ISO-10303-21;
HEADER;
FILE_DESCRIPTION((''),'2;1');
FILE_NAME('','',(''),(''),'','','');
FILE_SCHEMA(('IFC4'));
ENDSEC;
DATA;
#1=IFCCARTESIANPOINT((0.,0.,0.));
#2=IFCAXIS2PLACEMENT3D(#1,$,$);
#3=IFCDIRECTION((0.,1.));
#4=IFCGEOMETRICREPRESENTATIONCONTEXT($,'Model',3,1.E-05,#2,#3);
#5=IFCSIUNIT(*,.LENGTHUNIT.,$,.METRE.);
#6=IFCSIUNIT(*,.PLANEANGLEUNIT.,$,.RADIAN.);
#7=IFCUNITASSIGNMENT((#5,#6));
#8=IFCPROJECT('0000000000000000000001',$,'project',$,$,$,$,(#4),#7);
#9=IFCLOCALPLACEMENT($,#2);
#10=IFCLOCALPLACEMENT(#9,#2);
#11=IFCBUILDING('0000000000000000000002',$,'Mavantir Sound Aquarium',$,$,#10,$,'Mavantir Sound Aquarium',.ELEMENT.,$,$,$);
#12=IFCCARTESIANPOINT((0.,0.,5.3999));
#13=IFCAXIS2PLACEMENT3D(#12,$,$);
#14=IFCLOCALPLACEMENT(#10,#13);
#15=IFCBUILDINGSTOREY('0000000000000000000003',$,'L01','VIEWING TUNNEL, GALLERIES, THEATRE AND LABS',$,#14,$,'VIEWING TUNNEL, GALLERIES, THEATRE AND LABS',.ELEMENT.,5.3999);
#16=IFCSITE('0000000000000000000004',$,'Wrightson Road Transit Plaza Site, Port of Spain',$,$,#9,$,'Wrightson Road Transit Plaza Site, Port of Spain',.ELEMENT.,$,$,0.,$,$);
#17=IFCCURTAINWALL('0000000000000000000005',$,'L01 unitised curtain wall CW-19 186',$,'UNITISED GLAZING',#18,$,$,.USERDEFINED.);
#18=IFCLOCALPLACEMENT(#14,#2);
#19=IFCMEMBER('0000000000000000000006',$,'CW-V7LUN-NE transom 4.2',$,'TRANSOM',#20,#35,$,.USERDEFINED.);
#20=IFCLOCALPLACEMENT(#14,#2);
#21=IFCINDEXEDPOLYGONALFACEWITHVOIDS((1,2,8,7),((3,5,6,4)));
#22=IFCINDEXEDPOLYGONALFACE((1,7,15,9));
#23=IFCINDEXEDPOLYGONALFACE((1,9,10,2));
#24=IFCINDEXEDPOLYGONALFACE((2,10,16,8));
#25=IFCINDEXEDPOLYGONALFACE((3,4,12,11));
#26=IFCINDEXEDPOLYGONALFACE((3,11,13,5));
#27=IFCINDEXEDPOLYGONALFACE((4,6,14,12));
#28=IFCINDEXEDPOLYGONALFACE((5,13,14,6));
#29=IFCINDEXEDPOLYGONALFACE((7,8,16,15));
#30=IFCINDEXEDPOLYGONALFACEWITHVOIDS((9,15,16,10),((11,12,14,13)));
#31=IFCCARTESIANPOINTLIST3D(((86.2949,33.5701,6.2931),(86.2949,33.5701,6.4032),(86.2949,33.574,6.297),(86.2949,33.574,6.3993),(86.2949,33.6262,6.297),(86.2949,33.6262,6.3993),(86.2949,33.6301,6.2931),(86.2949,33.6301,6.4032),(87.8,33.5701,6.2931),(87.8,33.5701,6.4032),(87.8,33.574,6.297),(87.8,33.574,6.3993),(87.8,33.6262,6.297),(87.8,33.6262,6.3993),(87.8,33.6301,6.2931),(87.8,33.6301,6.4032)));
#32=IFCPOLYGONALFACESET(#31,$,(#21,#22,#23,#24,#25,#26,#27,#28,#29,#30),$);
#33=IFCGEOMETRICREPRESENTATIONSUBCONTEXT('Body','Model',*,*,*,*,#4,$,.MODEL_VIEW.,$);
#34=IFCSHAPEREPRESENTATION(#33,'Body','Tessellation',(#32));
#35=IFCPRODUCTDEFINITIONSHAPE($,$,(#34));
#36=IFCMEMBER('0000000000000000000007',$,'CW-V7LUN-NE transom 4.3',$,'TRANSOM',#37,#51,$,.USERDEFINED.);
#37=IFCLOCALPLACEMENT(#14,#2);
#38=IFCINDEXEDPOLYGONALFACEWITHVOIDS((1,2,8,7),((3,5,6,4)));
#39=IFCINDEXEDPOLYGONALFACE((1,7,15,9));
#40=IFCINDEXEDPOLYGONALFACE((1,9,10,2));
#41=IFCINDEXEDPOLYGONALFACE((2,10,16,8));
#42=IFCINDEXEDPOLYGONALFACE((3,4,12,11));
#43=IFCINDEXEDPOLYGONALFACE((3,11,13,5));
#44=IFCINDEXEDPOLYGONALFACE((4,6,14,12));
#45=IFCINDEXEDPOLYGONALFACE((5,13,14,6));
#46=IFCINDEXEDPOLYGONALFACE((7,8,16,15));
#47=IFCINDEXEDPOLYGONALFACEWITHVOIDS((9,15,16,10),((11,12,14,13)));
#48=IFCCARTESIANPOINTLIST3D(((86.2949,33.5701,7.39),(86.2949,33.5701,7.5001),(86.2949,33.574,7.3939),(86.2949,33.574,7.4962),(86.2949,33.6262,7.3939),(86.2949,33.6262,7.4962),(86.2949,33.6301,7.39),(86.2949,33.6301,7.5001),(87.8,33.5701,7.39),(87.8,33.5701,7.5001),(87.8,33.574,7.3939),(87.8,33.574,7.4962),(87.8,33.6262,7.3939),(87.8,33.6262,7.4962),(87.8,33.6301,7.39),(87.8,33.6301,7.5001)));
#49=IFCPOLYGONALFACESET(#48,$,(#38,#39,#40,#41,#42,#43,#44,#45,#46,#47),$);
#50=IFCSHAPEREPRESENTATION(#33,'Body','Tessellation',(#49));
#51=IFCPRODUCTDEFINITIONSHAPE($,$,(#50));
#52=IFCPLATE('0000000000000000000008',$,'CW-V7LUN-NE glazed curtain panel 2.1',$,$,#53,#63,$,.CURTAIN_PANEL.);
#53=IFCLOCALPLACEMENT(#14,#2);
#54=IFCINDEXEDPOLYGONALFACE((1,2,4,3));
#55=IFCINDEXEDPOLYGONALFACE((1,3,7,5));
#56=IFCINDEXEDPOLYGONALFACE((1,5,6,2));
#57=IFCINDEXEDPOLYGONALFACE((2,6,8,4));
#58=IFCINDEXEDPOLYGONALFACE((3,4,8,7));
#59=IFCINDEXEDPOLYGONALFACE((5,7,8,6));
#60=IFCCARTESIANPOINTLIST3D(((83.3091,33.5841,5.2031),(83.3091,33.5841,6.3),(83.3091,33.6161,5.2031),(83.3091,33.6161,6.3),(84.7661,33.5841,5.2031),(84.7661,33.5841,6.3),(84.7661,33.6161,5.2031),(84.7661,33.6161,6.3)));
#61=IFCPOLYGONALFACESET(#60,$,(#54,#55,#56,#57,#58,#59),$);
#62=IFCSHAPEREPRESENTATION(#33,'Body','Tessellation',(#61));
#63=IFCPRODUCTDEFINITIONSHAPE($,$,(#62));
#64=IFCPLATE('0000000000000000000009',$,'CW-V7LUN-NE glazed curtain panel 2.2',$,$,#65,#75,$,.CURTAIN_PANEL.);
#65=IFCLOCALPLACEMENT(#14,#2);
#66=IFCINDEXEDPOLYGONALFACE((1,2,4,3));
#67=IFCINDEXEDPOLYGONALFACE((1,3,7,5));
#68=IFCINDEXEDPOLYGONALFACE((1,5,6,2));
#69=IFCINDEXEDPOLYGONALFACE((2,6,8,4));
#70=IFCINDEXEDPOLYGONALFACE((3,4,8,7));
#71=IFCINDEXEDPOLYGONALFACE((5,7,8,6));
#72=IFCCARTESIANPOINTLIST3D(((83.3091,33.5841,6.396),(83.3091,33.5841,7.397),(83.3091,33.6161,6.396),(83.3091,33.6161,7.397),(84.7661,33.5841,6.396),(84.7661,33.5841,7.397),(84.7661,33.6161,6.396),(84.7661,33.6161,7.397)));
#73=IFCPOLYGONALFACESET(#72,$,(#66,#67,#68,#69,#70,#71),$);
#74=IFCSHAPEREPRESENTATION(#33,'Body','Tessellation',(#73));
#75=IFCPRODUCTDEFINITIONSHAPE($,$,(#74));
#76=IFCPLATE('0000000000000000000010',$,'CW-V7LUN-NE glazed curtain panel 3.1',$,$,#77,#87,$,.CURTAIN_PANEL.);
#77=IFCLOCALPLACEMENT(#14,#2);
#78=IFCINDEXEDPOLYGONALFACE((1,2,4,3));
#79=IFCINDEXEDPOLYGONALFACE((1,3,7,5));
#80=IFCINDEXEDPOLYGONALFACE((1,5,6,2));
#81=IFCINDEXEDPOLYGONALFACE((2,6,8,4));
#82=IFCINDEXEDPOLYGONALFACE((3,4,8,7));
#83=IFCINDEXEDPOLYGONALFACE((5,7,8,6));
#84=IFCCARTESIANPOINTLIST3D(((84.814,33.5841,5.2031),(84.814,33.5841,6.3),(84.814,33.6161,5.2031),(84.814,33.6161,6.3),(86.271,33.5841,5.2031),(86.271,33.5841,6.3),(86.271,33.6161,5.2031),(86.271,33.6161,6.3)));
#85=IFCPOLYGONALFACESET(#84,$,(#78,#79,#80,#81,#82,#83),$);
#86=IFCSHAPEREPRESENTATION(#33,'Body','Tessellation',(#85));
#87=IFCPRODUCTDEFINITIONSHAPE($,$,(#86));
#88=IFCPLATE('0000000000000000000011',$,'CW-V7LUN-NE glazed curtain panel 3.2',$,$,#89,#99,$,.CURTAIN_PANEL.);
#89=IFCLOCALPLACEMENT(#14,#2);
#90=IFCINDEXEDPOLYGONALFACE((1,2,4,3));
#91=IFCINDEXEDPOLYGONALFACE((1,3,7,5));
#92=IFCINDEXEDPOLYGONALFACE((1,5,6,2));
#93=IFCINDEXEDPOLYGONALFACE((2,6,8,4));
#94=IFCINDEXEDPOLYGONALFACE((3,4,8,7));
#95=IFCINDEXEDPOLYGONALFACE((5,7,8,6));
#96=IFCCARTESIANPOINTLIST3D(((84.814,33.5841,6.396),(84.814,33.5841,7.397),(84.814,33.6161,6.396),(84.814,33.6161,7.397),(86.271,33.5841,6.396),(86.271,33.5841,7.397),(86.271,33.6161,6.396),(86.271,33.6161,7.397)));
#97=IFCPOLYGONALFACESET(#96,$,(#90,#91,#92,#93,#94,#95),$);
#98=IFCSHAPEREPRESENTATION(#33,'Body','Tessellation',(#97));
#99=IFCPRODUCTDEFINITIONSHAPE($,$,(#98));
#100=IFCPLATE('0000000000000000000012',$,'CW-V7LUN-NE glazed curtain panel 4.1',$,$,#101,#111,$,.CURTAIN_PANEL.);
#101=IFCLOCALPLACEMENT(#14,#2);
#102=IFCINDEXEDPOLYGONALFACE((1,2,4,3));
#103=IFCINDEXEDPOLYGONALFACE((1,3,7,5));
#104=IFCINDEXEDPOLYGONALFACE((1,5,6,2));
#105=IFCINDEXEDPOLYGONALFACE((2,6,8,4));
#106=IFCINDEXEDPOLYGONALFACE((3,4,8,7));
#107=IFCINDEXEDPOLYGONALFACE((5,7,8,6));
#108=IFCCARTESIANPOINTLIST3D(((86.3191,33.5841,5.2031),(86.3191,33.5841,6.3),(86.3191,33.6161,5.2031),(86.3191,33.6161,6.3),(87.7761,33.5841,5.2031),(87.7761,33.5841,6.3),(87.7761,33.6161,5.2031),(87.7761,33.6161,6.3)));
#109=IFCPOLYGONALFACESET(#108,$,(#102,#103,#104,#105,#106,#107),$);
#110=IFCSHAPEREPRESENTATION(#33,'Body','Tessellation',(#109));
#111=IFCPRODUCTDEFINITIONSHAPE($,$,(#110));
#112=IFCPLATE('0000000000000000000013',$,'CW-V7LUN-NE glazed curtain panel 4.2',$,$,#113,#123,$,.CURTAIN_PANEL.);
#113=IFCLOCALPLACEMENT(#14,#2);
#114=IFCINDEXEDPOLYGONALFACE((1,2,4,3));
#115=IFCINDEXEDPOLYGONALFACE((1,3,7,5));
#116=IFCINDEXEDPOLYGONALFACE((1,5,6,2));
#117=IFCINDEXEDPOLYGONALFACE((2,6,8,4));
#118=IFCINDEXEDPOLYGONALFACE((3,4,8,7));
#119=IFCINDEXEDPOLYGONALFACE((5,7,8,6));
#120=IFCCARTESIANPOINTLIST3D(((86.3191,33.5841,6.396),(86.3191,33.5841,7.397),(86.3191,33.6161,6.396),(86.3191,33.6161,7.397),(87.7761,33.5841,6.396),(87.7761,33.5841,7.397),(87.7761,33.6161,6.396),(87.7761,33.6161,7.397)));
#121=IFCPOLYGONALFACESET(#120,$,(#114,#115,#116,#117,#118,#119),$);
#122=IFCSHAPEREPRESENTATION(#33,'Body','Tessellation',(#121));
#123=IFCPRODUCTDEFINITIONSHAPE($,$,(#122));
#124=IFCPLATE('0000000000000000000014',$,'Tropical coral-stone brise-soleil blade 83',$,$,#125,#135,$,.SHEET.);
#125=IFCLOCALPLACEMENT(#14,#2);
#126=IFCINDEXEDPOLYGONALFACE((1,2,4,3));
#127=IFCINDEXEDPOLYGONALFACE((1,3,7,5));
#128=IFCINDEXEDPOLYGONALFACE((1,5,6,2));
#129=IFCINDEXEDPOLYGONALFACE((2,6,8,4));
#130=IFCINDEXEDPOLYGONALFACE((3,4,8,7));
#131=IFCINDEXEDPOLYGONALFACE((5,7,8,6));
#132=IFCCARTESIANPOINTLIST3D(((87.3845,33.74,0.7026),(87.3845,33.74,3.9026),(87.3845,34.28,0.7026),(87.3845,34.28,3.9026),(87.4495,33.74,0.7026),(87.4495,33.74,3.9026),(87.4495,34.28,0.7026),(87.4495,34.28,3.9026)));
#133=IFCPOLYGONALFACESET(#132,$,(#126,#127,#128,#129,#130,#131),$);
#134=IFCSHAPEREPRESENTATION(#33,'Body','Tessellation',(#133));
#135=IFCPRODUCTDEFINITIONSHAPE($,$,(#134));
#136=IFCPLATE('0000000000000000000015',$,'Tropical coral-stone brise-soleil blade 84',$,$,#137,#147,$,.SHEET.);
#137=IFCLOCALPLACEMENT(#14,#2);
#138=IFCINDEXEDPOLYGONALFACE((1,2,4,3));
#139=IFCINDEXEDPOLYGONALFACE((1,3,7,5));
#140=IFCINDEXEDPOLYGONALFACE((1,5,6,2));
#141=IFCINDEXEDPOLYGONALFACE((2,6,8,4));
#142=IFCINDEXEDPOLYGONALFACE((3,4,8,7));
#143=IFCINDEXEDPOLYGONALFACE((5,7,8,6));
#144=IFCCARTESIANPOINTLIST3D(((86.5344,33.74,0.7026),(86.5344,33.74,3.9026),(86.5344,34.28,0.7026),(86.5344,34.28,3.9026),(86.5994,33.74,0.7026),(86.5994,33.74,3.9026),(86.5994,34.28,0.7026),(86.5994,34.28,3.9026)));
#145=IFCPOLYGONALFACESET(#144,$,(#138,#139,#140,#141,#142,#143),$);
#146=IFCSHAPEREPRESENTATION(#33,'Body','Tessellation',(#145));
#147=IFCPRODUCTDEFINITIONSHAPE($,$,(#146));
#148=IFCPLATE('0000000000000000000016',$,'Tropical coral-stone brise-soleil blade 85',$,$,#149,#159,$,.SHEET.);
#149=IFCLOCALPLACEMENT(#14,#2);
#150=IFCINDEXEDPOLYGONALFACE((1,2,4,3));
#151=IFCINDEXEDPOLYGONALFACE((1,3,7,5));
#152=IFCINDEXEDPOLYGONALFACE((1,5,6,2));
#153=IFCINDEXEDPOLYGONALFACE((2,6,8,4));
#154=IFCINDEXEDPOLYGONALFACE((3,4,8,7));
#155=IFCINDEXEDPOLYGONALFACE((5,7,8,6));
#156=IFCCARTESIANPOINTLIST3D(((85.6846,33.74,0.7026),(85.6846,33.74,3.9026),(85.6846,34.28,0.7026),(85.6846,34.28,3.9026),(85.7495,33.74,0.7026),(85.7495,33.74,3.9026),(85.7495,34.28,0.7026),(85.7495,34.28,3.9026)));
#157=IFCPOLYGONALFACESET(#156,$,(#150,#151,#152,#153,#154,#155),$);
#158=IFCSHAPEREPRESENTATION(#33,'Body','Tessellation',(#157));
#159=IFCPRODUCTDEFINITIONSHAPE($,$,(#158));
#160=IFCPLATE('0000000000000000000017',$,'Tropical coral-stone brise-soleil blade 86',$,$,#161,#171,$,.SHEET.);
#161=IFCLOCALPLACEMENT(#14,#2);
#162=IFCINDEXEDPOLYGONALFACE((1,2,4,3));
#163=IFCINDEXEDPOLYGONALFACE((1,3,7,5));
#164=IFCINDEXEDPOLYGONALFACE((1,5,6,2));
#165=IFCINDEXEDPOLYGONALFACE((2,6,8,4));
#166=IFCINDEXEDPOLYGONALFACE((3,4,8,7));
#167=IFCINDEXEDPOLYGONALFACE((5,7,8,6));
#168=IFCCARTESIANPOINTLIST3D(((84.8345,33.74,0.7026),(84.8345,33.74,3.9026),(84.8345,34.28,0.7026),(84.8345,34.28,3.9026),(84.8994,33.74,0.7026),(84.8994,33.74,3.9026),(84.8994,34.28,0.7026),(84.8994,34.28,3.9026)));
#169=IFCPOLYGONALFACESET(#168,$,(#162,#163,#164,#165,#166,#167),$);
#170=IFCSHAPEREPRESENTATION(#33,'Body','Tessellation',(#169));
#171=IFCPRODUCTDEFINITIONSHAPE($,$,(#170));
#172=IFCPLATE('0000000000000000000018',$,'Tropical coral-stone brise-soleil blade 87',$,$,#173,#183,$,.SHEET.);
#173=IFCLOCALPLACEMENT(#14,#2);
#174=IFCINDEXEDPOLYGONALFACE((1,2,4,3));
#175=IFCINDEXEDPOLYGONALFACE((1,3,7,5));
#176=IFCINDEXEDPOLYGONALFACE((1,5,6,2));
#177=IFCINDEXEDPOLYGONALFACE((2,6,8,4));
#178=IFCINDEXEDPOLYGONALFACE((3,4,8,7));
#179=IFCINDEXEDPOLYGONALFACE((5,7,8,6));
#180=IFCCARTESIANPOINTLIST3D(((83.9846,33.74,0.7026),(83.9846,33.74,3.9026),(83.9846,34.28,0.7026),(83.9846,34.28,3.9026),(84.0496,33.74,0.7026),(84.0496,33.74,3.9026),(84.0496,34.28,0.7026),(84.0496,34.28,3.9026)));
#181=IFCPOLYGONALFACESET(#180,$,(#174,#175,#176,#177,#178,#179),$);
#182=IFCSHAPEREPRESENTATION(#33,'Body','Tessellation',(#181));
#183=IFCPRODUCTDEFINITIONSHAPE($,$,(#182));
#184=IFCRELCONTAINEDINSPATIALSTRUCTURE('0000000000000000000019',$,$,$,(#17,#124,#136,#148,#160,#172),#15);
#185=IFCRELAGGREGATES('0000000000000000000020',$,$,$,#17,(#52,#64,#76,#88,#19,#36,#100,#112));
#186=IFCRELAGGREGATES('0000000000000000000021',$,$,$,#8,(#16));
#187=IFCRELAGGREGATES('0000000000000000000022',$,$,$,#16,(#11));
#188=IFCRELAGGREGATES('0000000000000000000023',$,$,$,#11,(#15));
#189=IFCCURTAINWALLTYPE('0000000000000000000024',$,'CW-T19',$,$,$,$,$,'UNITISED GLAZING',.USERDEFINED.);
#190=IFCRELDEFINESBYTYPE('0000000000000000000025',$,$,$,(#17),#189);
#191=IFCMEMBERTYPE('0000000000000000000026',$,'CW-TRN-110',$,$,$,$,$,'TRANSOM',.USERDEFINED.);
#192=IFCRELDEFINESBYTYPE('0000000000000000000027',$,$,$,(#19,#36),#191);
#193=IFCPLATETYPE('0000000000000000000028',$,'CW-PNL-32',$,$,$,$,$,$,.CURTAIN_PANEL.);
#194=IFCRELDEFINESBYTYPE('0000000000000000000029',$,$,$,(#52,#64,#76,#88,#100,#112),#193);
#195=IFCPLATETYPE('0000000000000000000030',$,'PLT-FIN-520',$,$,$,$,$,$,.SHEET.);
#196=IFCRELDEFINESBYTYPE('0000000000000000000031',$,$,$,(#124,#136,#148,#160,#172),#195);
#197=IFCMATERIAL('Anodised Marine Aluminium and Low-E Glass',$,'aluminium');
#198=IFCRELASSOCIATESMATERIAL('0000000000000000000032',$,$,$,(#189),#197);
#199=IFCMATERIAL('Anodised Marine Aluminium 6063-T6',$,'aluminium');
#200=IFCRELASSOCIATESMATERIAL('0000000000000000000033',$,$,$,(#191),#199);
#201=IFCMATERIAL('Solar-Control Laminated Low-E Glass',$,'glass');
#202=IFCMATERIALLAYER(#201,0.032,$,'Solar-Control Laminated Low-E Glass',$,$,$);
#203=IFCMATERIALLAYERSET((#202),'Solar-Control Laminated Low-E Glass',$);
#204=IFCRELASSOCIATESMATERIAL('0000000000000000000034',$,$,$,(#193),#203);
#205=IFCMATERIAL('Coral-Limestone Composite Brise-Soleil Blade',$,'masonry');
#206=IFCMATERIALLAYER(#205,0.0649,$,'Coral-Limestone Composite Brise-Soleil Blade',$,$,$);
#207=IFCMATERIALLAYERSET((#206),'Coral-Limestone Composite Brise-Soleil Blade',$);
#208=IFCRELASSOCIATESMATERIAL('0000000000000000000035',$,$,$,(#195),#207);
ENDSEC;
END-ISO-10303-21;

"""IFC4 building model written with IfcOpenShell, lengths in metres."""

from ifc_helpers import new_model, si_unit, direction, frame, origin, origin_2d, place, context, subcontext, project, spatial, rectangle, hollow_rectangle, extrude, material, layer, layer_set, material_profile, profile_set, type_object, element, aggregate, save


model = new_model("IFC4")

# Units and contexts
model_context = context("Model", 3, precision=1e-05, world=origin(), true_north=direction((0.0, 1.0)))
body_context = subcontext(model_context, "Body", "Model", "MODEL_VIEW")
ifc_project = project(units=[si_unit("LENGTHUNIT", "METRE"), si_unit("PLANEANGLEUNIT", "RADIAN")], contexts=[model_context])

# Site, building, storey
site_placement = place(None, origin())
site = spatial("IfcSite", under=ifc_project, at=site_placement, Name="Wrightson Road Transit Plaza Site, Port of Spain", LongName="Wrightson Road Transit Plaza Site, Port of Spain", CompositionType="ELEMENT", RefElevation=0.0)
building_placement = place(site_placement, origin())
building = spatial("IfcBuilding", under=site, at=building_placement, Name="Mavantir Sound Aquarium", LongName="Mavantir Sound Aquarium", CompositionType="ELEMENT")
storey_placement = place(building_placement, frame((0.0, 0.0, 5.3999)))
storey = spatial("IfcBuildingStorey", under=building, at=storey_placement, Name="L01", Description="VIEWING TUNNEL, GALLERIES, THEATRE AND LABS", LongName="VIEWING TUNNEL, GALLERIES, THEATRE AND LABS", CompositionType="ELEMENT", Elevation=5.3999)

# Curtain wall, members, plates
ifc_material_1 = material(Name="Anodised Marine Aluminium and Low-E Glass", Category="aluminium")
curtain_wall_type = type_object("IfcCurtainWallType", Name="CW-T19", ElementType="UNITISED GLAZING", PredefinedType="USERDEFINED", material=ifc_material_1)
curtain_wall_placement = place(storey_placement, origin())
curtain_wall = element("IfcCurtainWall", 1, at=curtain_wall_placement, inside=storey, type_object=curtain_wall_type, Name="L01 unitised curtain wall CW-19 186", ObjectType="UNITISED GLAZING", PredefinedType="USERDEFINED")
ifc_material_2 = material(Name="Anodised Marine Aluminium 6063-T6", Category="aluminium")
ifc_material_profile_1 = material_profile(ifc_material_2, hollow_rectangle(XDim=0.0601, YDim=0.1101, WallThickness=0.0039, at=origin_2d()), Name="ALU-TRANSOM-110X60")
ifc_profile_set_1 = profile_set([ifc_material_profile_1], Name="Anodised Marine Aluminium 6063-T6")
member_type_1 = type_object("IfcMemberType", Name="CW-TRN-110", ElementType="TRANSOM", PredefinedType="USERDEFINED", material=ifc_profile_set_1)
member_1_placement = place(storey_placement, frame((86.2949, 33.6001, 6.3481), z_axis=(1.0, 0.0, 0.0), x_axis=(0.0, 1.0, 0.0)))
member_1 = element("IfcMember", 2, at=member_1_placement, type_object=member_type_1, Name="CW-V7LUN-NE transom 4.2", ObjectType="TRANSOM", PredefinedType="USERDEFINED", context=body_context, shape_type="SweptSolid", body=[
    extrude(hollow_rectangle(XDim=0.0601, YDim=0.1101, WallThickness=0.0039, at=origin_2d()), origin(), (0.0, 0.0, 1.0), 1.5051),
])
member_2_placement = place(storey_placement, frame((86.2949, 33.6001, 7.4451), z_axis=(1.0, 0.0, 0.0), x_axis=(0.0, 1.0, 0.0)))
member_2 = element("IfcMember", 3, at=member_2_placement, type_object=member_type_1, Name="CW-V7LUN-NE transom 4.3", ObjectType="TRANSOM", PredefinedType="USERDEFINED", context=body_context, shape_type="SweptSolid", body=[
    extrude(hollow_rectangle(XDim=0.0601, YDim=0.1101, WallThickness=0.0039, at=origin_2d()), origin(), (0.0, 0.0, 1.0), 1.5051),
])
ifc_material_3 = material(Name="Solar-Control Laminated Low-E Glass", Category="glass")
ifc_layer_1 = layer(ifc_material_3, 0.032, Name="Solar-Control Laminated Low-E Glass")
ifc_layer_set_1 = layer_set([ifc_layer_1], Name="Solar-Control Laminated Low-E Glass")
plate_type_1 = type_object("IfcPlateType", Name="CW-PNL-32", PredefinedType="CURTAIN_PANEL", material=ifc_layer_set_1)
plate_1_placement = place(storey_placement, frame((84.0376, 33.6001, 5.2031), z_axis=(0.0, 0.0, 1.0), x_axis=(1.0, 0.0, 0.0)))
plate_1 = element("IfcPlate", 4, at=plate_1_placement, type_object=plate_type_1, Name="CW-V7LUN-NE glazed curtain panel 2.1", PredefinedType="CURTAIN_PANEL", context=body_context, shape_type="SweptSolid", body=[
    extrude(rectangle(XDim=1.457, YDim=0.032, at=origin_2d()), origin(), (0.0, 0.0, 1.0), 1.0969),
])
plate_2_placement = place(storey_placement, frame((84.0376, 33.6001, 6.396), z_axis=(0.0, 0.0, 1.0), x_axis=(1.0, 0.0, 0.0)))
plate_2 = element("IfcPlate", 5, at=plate_2_placement, type_object=plate_type_1, Name="CW-V7LUN-NE glazed curtain panel 2.2", PredefinedType="CURTAIN_PANEL", context=body_context, shape_type="SweptSolid", body=[
    extrude(rectangle(XDim=1.457, YDim=0.032, at=origin_2d()), origin(), (0.0, 0.0, 1.0), 1.001),
])
plate_3_placement = place(storey_placement, frame((85.5425, 33.6001, 5.2031), z_axis=(0.0, 0.0, 1.0), x_axis=(1.0, 0.0, 0.0)))
plate_3 = element("IfcPlate", 6, at=plate_3_placement, type_object=plate_type_1, Name="CW-V7LUN-NE glazed curtain panel 3.1", PredefinedType="CURTAIN_PANEL", context=body_context, shape_type="SweptSolid", body=[
    extrude(rectangle(XDim=1.457, YDim=0.032, at=origin_2d()), origin(), (0.0, 0.0, 1.0), 1.0969),
])
plate_4_placement = place(storey_placement, frame((85.5425, 33.6001, 6.396), z_axis=(0.0, 0.0, 1.0), x_axis=(1.0, 0.0, 0.0)))
plate_4 = element("IfcPlate", 7, at=plate_4_placement, type_object=plate_type_1, Name="CW-V7LUN-NE glazed curtain panel 3.2", PredefinedType="CURTAIN_PANEL", context=body_context, shape_type="SweptSolid", body=[
    extrude(rectangle(XDim=1.457, YDim=0.032, at=origin_2d()), origin(), (0.0, 0.0, 1.0), 1.001),
])
plate_5_placement = place(storey_placement, frame((87.0476, 33.6001, 5.2031), z_axis=(0.0, 0.0, 1.0), x_axis=(1.0, 0.0, 0.0)))
plate_5 = element("IfcPlate", 8, at=plate_5_placement, type_object=plate_type_1, Name="CW-V7LUN-NE glazed curtain panel 4.1", PredefinedType="CURTAIN_PANEL", context=body_context, shape_type="SweptSolid", body=[
    extrude(rectangle(XDim=1.457, YDim=0.032, at=origin_2d()), origin(), (0.0, 0.0, 1.0), 1.0969),
])
plate_6_placement = place(storey_placement, frame((87.0476, 33.6001, 6.396), z_axis=(0.0, 0.0, 1.0), x_axis=(1.0, 0.0, 0.0)))
plate_6 = element("IfcPlate", 9, at=plate_6_placement, type_object=plate_type_1, Name="CW-V7LUN-NE glazed curtain panel 4.2", PredefinedType="CURTAIN_PANEL", context=body_context, shape_type="SweptSolid", body=[
    extrude(rectangle(XDim=1.457, YDim=0.032, at=origin_2d()), origin(), (0.0, 0.0, 1.0), 1.001),
])
aggregate(curtain_wall, [plate_1, plate_2, plate_3, plate_4, member_1, member_2, plate_5, plate_6])

# Plates
ifc_material_4 = material(Name="Coral-Limestone Composite Brise-Soleil Blade", Category="masonry")
ifc_layer_2 = layer(ifc_material_4, 0.0649, Name="Coral-Limestone Composite Brise-Soleil Blade")
ifc_layer_set_2 = layer_set([ifc_layer_2], Name="Coral-Limestone Composite Brise-Soleil Blade")
plate_type_2 = type_object("IfcPlateType", Name="PLT-FIN-520", PredefinedType="SHEET", material=ifc_layer_set_2)
for number, where, z_axis, x_axis, name in (
    (10, (87.417, 34.01, 0.7026), (0.0, 0.0, 1.0), (1.0, 0.0, 0.0), "Tropical coral-stone brise-soleil blade 83"),
    (11, (86.5669, 34.01, 0.7026), (0.0, 0.0, 1.0), (1.0, 0.0, 0.0), "Tropical coral-stone brise-soleil blade 84"),
    (12, (85.717, 34.01, 0.7026), (0.0, 0.0, 1.0), (1.0, 0.0, 0.0), "Tropical coral-stone brise-soleil blade 85"),
    (13, (84.8669, 34.01, 0.7026), (0.0, 0.0, 1.0), (1.0, 0.0, 0.0), "Tropical coral-stone brise-soleil blade 86"),
    (14, (84.0171, 34.01, 0.7026), (0.0, 0.0, 1.0), (1.0, 0.0, 0.0), "Tropical coral-stone brise-soleil blade 87"),
):
    element("IfcPlate", number, at=place(storey_placement, frame(where, z_axis=z_axis, x_axis=x_axis)), inside=storey, type_object=plate_type_2, Name=name, PredefinedType="SHEET", context=body_context, shape_type="SweptSolid", body=[
        extrude(rectangle(XDim=0.0649, YDim=0.54, at=origin_2d()), origin(), (0.0, 0.0, 1.0), 3.2),
    ])

save(model, "model.ifc")
